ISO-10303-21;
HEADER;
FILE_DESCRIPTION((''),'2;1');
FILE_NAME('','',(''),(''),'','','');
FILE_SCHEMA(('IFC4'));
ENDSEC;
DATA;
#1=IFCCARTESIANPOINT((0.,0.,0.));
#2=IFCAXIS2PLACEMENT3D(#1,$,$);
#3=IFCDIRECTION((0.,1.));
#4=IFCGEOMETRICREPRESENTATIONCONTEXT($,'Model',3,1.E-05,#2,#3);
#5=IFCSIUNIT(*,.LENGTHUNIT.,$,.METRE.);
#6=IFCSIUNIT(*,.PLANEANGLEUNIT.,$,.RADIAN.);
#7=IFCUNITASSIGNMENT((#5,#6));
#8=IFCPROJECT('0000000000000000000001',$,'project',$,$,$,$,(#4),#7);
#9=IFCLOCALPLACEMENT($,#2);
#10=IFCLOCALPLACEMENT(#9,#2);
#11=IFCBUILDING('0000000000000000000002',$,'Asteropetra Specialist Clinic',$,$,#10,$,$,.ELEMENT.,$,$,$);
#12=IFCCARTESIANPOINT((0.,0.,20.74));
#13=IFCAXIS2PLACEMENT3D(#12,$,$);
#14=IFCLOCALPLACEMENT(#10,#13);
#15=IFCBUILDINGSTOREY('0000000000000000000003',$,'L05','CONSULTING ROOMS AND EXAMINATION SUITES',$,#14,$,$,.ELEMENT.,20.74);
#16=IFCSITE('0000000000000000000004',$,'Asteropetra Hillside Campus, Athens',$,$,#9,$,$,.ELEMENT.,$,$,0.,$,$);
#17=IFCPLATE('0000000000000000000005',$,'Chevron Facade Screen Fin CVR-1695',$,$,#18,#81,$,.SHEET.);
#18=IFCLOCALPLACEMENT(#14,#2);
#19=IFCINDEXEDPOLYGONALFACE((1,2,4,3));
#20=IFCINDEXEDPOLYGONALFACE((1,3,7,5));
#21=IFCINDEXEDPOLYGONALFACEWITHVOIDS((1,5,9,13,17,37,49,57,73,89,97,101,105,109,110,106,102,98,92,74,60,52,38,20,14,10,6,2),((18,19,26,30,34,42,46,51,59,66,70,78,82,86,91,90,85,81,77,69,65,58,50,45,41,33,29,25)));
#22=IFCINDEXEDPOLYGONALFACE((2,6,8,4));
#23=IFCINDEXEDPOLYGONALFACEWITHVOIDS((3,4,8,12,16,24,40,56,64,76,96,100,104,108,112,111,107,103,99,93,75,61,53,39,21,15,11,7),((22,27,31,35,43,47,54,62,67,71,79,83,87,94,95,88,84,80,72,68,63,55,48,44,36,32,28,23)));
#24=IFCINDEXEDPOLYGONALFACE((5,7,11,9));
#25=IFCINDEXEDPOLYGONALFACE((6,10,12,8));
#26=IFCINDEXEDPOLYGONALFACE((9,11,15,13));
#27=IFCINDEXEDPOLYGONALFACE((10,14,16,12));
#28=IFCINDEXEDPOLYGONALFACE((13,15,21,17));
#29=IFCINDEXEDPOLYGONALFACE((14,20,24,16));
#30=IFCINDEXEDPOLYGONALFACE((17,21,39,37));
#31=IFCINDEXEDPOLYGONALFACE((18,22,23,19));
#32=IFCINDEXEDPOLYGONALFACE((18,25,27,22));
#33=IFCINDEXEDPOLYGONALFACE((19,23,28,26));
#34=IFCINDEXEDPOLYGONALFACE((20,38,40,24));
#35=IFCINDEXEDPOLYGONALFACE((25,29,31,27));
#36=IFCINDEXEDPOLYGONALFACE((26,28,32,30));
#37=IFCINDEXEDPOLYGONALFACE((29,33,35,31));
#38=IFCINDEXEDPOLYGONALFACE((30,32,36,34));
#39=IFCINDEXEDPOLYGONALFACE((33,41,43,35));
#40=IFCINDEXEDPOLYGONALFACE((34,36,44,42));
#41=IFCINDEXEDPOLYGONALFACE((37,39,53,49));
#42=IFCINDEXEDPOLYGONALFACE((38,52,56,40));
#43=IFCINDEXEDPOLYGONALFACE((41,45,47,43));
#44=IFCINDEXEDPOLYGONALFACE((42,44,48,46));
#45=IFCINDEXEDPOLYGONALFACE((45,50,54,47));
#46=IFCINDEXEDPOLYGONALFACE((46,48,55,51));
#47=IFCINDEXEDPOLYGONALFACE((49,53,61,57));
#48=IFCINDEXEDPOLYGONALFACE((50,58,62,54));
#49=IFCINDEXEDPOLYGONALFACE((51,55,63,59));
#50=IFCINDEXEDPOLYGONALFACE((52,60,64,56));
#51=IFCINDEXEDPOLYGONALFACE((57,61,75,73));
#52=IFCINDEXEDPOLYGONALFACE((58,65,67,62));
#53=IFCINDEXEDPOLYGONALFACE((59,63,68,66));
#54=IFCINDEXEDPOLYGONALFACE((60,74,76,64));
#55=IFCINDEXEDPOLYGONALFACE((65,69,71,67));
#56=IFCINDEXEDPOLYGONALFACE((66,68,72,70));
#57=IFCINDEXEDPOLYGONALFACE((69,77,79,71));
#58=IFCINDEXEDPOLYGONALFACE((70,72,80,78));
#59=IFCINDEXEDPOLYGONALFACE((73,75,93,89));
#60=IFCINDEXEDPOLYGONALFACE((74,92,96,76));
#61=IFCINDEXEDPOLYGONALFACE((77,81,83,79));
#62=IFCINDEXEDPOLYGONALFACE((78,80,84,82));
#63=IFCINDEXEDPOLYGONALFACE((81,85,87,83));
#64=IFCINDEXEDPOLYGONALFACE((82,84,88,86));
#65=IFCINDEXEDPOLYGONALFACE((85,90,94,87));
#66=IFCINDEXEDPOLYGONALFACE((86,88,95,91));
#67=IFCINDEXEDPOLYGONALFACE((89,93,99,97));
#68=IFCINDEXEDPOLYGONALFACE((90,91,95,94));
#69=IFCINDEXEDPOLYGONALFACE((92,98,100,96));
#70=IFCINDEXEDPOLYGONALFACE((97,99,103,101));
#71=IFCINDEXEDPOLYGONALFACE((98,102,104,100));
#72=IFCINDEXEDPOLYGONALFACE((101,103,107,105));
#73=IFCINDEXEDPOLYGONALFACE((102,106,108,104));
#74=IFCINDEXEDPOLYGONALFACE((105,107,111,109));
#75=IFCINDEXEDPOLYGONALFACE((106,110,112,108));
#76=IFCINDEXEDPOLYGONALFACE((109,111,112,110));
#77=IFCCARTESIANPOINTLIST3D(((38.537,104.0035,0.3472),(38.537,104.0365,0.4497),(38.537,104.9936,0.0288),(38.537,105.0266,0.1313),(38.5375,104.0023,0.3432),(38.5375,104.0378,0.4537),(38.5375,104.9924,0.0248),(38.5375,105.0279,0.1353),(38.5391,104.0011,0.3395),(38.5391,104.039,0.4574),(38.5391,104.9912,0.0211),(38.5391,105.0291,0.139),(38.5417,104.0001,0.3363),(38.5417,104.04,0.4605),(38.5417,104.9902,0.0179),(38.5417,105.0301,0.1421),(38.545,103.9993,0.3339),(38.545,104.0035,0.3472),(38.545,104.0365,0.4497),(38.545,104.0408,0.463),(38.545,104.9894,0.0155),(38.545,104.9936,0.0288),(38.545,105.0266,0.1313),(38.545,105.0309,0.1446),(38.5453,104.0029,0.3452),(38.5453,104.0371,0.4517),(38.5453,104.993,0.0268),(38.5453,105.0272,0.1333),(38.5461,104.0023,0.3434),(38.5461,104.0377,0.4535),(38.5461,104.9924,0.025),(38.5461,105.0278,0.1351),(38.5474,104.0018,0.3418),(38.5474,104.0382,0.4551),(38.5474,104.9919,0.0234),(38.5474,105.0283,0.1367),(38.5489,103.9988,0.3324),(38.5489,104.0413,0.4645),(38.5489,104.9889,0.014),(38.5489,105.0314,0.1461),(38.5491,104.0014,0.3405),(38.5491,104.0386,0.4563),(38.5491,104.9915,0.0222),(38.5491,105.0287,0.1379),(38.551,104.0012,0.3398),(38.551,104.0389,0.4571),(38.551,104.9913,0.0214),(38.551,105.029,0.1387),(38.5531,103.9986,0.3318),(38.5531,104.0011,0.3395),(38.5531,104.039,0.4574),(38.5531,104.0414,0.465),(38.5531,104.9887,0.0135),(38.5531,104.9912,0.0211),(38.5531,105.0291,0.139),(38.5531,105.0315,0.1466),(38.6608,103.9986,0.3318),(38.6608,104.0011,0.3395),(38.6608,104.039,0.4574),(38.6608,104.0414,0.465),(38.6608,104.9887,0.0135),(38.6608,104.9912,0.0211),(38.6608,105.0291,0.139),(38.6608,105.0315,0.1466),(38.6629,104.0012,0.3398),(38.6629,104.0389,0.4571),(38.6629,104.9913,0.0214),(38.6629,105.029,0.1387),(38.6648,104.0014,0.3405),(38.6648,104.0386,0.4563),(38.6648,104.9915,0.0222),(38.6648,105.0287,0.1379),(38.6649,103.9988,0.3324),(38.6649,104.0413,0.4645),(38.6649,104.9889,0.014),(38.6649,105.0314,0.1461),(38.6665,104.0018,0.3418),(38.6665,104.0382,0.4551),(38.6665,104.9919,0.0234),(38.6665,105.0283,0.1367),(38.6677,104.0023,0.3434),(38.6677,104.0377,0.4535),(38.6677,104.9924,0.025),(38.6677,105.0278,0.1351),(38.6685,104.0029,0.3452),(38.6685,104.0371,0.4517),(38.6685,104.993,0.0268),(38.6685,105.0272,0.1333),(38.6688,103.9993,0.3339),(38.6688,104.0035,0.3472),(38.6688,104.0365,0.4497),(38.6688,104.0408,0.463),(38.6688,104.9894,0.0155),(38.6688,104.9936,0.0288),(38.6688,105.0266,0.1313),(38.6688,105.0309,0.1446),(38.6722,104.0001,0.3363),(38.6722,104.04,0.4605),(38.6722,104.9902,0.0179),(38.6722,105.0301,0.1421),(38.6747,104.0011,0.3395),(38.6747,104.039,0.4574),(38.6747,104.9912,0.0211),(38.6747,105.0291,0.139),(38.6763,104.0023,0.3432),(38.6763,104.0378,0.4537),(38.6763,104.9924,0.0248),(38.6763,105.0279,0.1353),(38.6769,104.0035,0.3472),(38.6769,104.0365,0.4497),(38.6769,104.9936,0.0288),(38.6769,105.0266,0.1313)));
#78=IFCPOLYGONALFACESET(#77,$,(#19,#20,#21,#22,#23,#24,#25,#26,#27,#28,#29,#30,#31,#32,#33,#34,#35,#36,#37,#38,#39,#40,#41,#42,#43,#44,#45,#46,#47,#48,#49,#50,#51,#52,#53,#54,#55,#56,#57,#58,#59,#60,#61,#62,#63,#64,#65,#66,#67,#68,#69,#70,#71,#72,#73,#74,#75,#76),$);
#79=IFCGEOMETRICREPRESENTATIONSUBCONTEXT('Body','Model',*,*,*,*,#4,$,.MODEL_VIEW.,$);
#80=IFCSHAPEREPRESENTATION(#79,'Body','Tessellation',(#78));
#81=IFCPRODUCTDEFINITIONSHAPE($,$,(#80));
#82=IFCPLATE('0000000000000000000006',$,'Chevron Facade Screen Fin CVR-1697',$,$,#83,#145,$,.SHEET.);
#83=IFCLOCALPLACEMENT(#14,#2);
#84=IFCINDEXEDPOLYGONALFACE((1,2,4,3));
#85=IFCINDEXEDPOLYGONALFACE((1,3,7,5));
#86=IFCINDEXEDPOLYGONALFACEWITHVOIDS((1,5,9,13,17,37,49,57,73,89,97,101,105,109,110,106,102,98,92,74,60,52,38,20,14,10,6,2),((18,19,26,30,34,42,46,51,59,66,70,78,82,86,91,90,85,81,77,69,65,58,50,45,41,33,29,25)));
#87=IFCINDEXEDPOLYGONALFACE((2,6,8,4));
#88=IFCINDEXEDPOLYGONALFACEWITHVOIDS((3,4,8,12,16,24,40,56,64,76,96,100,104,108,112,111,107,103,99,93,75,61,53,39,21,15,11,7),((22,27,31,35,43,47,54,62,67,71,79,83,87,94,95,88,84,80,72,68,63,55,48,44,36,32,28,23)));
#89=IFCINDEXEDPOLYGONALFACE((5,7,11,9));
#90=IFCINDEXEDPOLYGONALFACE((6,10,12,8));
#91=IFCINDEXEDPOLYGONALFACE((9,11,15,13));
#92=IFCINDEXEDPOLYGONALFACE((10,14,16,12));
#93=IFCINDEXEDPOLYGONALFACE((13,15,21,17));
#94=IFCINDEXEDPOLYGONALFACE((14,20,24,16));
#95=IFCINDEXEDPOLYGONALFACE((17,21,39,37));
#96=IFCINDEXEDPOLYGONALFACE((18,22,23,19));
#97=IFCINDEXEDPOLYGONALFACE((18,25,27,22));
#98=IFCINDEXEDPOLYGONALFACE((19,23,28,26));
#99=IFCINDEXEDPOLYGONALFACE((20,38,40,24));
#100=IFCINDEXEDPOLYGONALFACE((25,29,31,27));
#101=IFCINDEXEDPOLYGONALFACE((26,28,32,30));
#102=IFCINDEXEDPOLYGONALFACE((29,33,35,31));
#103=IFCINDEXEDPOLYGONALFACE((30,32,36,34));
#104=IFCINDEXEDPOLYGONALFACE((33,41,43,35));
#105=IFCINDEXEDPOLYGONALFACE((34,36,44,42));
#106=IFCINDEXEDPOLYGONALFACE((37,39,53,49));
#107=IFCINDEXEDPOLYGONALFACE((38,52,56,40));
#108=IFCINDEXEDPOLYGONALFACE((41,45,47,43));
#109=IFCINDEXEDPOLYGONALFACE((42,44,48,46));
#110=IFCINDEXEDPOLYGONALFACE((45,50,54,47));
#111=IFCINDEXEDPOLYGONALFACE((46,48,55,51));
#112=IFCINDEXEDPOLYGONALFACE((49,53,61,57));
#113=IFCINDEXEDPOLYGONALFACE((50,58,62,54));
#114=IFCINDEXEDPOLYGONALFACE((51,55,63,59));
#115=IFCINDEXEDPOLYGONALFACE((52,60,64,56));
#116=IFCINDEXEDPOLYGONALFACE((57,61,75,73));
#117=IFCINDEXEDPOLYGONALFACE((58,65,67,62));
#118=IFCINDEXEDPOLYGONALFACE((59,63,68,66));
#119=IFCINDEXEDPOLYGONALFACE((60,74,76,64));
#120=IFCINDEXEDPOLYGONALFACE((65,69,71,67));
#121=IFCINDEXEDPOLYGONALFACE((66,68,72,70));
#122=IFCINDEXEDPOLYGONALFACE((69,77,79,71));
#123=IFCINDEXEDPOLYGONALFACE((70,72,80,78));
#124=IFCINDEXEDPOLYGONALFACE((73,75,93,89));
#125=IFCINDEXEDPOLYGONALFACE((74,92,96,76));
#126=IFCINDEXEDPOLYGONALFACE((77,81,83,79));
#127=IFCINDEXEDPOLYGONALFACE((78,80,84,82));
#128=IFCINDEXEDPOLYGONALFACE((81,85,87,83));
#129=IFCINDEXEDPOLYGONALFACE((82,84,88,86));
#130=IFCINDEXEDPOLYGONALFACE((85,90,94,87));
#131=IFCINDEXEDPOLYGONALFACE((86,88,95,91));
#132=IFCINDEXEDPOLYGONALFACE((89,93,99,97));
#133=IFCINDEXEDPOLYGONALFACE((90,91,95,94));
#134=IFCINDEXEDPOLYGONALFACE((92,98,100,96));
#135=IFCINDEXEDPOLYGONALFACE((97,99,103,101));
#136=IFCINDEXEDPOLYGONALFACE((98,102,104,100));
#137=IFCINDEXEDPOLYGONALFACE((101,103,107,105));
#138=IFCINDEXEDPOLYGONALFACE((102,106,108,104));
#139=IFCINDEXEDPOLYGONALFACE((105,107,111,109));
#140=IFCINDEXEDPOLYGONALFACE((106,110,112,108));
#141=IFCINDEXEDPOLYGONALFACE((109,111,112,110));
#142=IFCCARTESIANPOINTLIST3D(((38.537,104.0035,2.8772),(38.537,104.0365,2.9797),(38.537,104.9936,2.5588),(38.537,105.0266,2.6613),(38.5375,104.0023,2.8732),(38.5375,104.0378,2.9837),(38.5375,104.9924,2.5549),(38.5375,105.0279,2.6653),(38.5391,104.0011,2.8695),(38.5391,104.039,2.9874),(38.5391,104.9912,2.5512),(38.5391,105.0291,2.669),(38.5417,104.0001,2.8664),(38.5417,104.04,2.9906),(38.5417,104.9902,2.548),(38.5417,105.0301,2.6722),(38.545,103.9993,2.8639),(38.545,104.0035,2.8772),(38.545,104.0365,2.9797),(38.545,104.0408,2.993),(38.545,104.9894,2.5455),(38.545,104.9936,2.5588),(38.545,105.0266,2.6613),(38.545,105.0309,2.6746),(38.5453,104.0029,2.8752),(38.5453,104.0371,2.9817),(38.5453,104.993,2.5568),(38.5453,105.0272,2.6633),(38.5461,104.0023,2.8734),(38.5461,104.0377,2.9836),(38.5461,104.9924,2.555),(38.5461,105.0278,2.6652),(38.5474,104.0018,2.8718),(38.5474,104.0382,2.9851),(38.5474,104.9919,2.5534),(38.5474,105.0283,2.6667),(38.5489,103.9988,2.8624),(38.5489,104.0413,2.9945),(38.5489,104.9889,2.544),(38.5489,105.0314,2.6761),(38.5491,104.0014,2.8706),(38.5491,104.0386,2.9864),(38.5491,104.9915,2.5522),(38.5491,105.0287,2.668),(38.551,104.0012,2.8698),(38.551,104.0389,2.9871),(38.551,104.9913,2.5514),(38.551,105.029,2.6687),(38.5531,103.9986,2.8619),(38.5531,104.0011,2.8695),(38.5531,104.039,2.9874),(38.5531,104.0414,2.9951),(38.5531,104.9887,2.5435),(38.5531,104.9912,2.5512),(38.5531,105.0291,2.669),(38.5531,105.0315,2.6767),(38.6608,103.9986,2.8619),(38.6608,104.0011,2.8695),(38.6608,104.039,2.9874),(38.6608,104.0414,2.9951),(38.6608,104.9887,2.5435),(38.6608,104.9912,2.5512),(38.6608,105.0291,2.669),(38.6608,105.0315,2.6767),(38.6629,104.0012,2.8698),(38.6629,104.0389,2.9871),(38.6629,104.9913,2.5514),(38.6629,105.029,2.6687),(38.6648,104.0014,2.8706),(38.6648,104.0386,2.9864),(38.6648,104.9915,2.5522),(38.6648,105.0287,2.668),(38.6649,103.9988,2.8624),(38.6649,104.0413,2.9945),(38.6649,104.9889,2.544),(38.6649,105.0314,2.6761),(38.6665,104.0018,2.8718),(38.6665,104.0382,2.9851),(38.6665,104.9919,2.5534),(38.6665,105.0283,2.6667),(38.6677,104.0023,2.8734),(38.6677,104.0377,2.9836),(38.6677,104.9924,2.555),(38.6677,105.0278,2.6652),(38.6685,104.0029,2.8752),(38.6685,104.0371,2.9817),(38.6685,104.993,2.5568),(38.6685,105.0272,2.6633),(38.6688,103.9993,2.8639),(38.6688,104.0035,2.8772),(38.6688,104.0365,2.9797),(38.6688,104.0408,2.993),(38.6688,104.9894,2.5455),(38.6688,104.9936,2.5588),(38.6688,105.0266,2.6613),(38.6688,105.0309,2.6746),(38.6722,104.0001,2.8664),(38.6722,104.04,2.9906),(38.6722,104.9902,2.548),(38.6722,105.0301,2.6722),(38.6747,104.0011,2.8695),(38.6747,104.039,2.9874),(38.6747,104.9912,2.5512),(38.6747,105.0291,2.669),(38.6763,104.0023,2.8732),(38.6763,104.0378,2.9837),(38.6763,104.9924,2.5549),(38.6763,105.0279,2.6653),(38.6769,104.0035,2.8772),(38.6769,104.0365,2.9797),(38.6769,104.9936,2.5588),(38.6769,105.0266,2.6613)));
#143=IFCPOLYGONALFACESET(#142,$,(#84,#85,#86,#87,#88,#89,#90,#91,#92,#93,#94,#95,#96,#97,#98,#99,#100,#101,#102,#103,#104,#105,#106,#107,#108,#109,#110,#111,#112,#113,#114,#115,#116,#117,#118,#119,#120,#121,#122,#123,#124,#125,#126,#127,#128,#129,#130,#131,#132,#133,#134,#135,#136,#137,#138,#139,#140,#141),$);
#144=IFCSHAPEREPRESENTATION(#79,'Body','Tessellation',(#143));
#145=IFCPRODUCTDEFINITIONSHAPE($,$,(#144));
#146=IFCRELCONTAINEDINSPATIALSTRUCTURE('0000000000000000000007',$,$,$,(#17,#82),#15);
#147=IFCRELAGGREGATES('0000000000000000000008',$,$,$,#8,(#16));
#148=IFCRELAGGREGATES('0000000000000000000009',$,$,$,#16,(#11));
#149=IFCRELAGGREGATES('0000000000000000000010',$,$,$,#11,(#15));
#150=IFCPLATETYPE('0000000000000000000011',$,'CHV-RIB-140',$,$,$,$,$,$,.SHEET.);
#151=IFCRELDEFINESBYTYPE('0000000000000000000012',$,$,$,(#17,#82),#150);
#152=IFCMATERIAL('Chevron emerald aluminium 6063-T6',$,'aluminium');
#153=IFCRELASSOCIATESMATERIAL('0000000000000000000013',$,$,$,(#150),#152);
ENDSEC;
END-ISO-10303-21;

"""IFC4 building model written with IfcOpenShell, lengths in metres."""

from ifc_helpers import new_model, si_unit, direction, frame, origin, origin_2d, place, context, subcontext, project, spatial, hollow_rectangle, extrude, material, material_profile, profile_set, type_object, element, save


model = new_model("IFC4")

# Units and contexts
model_context = context("Model", 3, precision=1e-05, world=origin(), true_north=direction((0.0, 1.0)))
body_context = subcontext(model_context, "Body", "Model", "MODEL_VIEW")
ifc_project = project(units=[si_unit("LENGTHUNIT", "METRE"), si_unit("PLANEANGLEUNIT", "RADIAN")], contexts=[model_context])

# Site, building, storey
site_placement = place(None, origin())
site = spatial("IfcSite", under=ifc_project, at=site_placement, Name="Asteropetra Hillside Campus, Athens", CompositionType="ELEMENT", RefElevation=0.0)
building_placement = place(site_placement, origin())
building = spatial("IfcBuilding", under=site, at=building_placement, Name="Asteropetra Specialist Clinic", CompositionType="ELEMENT")
storey_placement = place(building_placement, frame((0.0, 0.0, 20.74)))
storey = spatial("IfcBuildingStorey", under=building, at=storey_placement, Name="L05", Description="CONSULTING ROOMS AND EXAMINATION SUITES", CompositionType="ELEMENT", Elevation=20.74)

# Plates
ifc_material_1 = material(Name="Chevron emerald aluminium 6063-T6", Category="aluminium")
ifc_material_profile_1 = material_profile(ifc_material_1, hollow_rectangle(XDim=0.1399, YDim=0.1399, WallThickness=0.0081, InnerFilletRadius=0.0081, OuterFilletRadius=0.0161, at=origin_2d()), Name="SHS 140x140x8.0")
ifc_profile_set_1 = profile_set([ifc_material_profile_1], Name="Chevron emerald aluminium 6063-T6")
plate_type = type_object("IfcPlateType", Name="CHV-RIB-140", PredefinedType="SHEET", material=ifc_profile_set_1)
for number, where, z_axis, x_axis, name in (
    (1, (38.6069, 104.02, 0.3984), (0.0, 0.951987, -0.306138), (-1.0, 0.0, 0.0), "Chevron Facade Screen Fin CVR-1695"),
    (2, (38.6069, 104.02, 2.9285), (0.0, 0.951987, -0.306138), (-1.0, 0.0, 0.0), "Chevron Facade Screen Fin CVR-1697"),
):
    element("IfcPlate", number, at=place(storey_placement, frame(where, z_axis=z_axis, x_axis=x_axis)), inside=storey, type_object=plate_type, Name=name, PredefinedType="SHEET", context=body_context, shape_type="SweptSolid", body=[
        extrude(hollow_rectangle(XDim=0.1399, YDim=0.1399, WallThickness=0.0081, InnerFilletRadius=0.0081, OuterFilletRadius=0.0161, at=origin_2d()), origin(), (0.0, 0.0, 1.0), 1.04),
    ])

save(model, "model.ifc")
